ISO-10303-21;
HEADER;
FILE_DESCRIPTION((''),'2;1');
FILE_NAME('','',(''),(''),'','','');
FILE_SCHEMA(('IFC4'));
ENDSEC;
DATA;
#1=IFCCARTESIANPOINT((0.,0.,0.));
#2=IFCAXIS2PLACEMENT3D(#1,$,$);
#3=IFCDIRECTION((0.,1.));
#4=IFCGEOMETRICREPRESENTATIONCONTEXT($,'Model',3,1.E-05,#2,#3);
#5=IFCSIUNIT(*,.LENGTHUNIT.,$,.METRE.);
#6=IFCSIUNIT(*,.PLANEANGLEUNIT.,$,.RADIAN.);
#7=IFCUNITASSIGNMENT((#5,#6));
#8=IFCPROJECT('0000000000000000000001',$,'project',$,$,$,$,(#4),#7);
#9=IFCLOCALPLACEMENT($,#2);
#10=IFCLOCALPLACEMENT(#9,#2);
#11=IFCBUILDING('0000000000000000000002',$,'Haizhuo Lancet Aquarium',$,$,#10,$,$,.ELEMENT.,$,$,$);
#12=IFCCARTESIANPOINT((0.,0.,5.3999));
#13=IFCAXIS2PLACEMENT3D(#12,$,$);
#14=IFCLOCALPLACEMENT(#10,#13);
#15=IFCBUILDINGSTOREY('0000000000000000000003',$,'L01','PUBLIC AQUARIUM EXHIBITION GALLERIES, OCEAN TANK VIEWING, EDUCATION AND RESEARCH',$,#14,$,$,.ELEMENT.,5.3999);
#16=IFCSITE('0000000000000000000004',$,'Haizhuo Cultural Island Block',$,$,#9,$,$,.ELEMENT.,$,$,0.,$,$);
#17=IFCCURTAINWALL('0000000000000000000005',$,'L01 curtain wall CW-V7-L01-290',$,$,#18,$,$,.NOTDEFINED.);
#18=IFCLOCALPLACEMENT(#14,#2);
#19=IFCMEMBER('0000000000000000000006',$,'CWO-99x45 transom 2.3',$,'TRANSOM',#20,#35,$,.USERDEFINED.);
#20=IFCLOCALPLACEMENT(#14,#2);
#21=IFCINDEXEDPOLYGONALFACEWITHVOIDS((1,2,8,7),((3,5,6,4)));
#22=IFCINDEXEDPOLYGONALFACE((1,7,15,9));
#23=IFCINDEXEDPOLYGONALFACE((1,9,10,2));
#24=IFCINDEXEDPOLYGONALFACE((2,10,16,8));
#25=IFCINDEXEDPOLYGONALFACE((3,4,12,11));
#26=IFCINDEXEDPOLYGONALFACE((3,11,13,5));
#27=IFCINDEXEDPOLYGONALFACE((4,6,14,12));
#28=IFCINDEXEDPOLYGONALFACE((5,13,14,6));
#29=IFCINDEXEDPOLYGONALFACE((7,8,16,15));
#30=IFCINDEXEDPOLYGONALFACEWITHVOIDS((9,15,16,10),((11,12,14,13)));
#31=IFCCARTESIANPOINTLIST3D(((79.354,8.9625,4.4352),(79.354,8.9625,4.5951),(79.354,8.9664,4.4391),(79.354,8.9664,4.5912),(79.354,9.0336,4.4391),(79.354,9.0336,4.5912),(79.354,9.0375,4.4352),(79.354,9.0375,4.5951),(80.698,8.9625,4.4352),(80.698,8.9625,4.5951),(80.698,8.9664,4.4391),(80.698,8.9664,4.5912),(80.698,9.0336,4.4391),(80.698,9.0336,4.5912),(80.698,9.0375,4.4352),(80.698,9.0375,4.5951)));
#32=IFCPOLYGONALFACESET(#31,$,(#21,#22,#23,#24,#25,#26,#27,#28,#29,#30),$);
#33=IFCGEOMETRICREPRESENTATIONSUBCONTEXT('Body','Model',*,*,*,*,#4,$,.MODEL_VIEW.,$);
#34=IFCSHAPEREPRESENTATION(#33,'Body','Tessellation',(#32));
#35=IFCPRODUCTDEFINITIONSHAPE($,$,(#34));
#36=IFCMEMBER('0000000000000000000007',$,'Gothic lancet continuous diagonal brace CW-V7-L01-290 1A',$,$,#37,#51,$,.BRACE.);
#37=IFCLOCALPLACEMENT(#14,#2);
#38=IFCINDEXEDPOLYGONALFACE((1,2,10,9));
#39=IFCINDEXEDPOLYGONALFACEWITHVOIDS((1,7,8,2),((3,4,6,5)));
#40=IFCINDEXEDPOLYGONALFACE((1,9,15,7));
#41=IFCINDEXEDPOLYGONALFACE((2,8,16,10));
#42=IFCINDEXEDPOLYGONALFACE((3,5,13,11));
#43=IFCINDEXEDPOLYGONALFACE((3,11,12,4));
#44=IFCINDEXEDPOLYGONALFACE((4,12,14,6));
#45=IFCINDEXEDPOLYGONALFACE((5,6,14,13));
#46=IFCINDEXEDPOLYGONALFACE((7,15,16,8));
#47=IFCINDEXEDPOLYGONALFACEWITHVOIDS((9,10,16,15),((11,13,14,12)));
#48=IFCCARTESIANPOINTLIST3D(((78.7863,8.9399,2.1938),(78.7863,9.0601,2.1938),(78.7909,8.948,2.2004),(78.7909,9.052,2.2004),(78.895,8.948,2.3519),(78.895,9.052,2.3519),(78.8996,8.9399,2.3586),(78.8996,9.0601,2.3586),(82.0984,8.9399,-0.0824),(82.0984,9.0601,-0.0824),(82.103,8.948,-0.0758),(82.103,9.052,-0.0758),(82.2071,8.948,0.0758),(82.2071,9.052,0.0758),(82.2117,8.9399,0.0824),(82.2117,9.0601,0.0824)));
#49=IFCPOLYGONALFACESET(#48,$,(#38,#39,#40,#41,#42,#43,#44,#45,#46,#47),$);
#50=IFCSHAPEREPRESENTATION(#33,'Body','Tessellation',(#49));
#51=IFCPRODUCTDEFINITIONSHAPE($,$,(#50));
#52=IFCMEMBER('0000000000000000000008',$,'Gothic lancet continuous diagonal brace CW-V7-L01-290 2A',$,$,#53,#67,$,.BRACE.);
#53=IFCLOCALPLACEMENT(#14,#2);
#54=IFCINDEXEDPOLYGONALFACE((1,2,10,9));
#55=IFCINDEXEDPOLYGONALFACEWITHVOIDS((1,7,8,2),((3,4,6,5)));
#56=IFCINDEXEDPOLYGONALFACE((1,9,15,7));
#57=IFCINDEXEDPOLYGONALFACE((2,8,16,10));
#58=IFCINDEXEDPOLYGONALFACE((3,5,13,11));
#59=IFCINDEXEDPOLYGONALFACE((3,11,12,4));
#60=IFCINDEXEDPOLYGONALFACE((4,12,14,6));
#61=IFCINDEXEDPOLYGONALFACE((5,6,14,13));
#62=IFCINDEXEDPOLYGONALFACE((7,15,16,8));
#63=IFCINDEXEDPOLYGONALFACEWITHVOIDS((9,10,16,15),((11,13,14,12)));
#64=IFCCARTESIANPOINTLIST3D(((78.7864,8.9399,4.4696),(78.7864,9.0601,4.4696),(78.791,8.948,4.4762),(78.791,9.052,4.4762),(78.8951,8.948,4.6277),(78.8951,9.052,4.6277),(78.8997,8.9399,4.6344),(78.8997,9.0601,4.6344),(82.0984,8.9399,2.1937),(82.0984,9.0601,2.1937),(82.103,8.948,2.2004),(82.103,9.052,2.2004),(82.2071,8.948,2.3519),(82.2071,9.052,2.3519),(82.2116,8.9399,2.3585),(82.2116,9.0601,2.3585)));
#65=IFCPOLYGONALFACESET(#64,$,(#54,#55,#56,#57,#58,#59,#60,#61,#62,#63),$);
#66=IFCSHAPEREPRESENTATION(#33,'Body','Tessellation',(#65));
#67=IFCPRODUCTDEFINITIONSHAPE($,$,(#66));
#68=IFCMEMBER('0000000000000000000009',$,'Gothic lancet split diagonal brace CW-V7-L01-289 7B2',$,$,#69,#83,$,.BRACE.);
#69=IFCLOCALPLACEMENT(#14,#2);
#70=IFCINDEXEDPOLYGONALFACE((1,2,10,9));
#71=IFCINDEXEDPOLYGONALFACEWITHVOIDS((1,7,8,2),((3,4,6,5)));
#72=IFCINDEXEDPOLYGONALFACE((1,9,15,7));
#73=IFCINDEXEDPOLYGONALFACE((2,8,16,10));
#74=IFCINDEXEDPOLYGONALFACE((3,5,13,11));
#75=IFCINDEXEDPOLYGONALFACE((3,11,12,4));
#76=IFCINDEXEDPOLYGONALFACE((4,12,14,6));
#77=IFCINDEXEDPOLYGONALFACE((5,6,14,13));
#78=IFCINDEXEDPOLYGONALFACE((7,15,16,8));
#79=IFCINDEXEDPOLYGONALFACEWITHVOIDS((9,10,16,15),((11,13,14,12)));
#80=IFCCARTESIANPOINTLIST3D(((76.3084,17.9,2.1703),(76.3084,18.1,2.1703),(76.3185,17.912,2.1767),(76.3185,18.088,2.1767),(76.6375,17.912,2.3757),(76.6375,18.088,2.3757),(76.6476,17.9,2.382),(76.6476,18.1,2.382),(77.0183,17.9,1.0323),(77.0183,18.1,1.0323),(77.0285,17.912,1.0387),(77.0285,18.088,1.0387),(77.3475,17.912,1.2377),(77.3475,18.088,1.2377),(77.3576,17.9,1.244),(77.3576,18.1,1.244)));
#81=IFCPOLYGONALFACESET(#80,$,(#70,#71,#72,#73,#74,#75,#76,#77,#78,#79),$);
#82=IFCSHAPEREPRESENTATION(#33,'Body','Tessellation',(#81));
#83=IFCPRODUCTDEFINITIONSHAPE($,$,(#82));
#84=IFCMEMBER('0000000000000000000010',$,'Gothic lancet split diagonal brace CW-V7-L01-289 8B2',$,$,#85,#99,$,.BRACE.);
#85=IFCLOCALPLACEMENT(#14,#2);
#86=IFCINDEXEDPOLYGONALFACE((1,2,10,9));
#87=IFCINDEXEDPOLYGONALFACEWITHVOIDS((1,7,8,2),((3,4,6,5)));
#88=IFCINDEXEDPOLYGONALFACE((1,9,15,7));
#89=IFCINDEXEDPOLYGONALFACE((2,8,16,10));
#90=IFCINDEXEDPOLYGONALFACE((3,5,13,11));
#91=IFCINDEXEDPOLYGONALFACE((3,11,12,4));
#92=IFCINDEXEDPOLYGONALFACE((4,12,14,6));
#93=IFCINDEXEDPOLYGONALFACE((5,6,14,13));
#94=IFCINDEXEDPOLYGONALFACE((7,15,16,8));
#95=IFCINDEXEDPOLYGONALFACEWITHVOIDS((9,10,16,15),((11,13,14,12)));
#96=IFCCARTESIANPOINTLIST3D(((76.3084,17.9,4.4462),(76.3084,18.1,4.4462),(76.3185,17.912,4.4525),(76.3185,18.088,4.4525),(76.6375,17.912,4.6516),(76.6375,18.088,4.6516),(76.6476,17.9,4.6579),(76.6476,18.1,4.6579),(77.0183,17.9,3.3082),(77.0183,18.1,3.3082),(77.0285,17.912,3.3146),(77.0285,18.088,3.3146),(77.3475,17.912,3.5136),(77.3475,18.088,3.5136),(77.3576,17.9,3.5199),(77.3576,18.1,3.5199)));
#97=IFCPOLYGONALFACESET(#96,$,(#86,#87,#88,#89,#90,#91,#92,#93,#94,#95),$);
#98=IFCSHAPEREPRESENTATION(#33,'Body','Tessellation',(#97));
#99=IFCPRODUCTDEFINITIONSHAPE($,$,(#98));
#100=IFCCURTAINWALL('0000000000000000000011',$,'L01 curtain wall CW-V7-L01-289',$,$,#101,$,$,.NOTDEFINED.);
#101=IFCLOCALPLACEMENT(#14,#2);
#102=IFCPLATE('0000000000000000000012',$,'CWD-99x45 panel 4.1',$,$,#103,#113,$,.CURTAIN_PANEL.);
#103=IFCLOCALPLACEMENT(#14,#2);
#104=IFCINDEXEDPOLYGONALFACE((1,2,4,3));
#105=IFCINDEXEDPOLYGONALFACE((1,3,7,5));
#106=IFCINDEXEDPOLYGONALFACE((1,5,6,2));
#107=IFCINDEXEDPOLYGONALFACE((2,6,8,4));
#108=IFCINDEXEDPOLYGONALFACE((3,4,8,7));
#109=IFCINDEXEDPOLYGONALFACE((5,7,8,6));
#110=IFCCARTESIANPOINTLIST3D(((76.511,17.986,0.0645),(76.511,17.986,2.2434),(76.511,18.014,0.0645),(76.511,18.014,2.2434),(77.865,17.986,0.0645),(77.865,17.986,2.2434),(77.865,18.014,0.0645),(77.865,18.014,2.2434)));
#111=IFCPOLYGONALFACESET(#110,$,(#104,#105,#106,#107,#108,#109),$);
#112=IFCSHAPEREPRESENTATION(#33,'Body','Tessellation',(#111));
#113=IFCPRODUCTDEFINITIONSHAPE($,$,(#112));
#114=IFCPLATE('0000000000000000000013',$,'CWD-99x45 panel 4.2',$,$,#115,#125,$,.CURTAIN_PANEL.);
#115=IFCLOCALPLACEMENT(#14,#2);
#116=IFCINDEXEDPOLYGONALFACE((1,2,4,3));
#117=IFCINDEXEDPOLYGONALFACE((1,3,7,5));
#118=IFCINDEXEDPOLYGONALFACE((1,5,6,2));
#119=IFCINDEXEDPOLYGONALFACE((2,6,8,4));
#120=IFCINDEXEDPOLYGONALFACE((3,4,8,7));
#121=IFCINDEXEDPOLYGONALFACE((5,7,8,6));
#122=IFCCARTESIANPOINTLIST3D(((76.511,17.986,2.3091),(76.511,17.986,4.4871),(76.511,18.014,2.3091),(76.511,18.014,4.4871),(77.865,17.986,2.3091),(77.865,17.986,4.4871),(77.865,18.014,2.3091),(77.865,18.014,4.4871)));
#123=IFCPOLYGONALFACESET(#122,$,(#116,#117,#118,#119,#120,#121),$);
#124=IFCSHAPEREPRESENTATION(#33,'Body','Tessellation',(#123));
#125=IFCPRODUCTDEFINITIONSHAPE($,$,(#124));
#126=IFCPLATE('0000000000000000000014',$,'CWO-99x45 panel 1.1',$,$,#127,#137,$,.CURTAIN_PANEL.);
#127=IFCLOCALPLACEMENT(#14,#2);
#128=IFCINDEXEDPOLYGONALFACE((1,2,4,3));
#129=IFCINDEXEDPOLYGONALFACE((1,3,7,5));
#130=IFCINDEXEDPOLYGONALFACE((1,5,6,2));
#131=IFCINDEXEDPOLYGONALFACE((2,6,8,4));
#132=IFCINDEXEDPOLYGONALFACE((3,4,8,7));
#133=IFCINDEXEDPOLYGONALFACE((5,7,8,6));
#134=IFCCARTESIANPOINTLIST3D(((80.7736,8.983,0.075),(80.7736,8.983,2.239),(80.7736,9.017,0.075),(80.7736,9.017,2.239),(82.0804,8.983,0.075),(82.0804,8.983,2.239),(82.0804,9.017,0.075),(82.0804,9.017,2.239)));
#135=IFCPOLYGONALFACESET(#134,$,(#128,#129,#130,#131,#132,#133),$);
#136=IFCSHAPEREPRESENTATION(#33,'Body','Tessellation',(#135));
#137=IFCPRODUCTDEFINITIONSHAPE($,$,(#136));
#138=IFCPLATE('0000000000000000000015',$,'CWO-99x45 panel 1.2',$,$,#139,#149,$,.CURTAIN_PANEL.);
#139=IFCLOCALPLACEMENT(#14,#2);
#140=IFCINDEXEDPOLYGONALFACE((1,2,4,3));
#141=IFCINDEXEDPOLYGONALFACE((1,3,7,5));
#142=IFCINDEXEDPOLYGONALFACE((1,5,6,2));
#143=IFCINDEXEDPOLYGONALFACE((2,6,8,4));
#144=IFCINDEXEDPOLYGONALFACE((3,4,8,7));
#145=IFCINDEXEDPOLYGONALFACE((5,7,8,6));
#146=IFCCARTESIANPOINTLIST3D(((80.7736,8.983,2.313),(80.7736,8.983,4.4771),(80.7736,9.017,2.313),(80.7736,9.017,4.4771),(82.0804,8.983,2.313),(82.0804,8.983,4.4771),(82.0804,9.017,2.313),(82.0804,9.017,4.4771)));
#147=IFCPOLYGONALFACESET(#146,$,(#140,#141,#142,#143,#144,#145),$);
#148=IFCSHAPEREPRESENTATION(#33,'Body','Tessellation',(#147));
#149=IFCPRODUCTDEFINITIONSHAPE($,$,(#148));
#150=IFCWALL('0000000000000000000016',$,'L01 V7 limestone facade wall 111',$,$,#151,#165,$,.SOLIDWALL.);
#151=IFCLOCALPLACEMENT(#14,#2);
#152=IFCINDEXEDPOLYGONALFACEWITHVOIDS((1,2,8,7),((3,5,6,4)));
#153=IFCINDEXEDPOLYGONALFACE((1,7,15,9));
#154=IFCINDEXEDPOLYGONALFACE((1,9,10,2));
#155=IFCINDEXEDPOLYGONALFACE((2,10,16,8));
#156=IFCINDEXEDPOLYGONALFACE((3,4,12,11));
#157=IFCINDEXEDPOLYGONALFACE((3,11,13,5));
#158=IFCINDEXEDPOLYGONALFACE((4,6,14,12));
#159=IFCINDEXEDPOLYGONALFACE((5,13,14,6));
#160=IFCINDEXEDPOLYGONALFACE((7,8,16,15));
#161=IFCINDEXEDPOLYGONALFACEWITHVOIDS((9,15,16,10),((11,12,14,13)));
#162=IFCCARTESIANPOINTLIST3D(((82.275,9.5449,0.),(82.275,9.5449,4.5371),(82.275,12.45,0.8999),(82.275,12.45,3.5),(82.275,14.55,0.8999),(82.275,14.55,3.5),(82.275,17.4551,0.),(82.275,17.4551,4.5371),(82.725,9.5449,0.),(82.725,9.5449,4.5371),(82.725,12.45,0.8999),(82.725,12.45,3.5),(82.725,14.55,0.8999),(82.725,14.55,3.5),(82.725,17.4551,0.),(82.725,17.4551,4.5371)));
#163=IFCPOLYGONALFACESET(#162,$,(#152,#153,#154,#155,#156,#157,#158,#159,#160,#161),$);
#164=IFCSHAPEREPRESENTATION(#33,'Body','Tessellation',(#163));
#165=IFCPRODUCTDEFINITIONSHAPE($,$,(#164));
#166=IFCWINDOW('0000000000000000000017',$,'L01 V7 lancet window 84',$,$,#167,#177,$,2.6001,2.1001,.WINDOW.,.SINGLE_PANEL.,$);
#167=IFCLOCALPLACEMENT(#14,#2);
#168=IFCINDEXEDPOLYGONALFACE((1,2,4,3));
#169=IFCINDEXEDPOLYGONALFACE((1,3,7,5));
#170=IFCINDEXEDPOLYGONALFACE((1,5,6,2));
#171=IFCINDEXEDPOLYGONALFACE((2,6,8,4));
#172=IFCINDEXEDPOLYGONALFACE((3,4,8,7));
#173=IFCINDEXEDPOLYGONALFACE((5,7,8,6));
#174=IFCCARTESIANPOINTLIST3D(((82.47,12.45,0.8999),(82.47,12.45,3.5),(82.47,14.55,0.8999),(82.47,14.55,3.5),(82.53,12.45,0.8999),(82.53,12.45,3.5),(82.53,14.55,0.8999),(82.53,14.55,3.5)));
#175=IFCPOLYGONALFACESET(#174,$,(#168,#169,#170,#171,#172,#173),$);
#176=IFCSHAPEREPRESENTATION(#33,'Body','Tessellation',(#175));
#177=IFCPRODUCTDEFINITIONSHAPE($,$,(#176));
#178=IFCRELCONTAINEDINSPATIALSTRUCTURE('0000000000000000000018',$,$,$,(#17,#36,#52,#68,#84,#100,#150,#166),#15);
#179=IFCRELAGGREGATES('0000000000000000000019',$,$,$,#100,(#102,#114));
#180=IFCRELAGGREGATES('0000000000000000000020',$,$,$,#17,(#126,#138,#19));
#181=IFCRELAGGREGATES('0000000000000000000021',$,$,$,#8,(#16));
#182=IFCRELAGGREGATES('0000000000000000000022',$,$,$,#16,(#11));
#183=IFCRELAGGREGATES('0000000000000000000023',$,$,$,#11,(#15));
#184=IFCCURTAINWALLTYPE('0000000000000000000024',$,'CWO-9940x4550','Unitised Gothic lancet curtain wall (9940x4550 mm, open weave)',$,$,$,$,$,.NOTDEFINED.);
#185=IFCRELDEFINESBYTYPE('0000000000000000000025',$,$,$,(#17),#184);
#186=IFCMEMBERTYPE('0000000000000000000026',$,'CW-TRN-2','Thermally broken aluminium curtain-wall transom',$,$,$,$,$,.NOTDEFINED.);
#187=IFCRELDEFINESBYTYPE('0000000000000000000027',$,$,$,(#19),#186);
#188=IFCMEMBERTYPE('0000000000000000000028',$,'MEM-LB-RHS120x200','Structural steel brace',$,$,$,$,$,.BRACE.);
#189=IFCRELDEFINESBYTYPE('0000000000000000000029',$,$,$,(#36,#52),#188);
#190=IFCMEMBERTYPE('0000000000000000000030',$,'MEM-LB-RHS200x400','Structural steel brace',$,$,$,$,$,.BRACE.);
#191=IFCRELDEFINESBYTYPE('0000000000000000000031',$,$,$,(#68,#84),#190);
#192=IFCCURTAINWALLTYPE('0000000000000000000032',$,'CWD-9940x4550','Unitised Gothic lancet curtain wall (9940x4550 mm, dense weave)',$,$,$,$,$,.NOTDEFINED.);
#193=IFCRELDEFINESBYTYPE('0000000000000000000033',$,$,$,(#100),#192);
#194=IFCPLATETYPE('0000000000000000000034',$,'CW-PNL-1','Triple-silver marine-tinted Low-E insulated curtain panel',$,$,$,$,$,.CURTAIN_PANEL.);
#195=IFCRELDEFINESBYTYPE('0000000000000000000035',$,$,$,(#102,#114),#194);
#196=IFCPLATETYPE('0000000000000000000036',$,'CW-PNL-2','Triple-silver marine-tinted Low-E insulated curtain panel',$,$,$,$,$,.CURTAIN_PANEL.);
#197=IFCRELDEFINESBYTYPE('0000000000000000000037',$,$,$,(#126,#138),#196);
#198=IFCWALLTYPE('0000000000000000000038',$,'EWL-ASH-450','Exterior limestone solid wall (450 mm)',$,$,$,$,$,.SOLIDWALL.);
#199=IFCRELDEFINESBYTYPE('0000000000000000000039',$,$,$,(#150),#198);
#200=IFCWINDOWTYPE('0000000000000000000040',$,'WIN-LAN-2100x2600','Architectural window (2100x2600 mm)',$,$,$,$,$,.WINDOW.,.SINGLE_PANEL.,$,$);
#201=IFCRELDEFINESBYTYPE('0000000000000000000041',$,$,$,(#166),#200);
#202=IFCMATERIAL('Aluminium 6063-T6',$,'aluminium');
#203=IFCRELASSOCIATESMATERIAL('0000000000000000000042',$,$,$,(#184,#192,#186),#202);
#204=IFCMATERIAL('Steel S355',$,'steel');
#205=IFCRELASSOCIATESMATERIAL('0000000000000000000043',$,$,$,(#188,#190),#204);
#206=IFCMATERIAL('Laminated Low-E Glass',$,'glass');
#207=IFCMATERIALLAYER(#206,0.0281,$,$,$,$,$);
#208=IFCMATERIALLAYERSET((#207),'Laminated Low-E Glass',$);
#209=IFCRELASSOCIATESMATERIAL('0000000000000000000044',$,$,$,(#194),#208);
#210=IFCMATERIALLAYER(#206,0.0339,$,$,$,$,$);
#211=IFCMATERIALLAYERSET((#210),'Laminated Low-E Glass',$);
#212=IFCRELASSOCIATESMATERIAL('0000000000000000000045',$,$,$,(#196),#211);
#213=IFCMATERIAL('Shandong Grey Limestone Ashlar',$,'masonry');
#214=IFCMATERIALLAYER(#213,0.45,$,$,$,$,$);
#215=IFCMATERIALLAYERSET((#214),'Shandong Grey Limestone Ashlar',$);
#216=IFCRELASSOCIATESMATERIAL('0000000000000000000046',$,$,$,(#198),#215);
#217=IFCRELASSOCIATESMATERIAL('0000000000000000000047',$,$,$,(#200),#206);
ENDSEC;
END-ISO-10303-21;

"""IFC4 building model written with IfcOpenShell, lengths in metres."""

from ifc_helpers import new_model, si_unit, direction, frame, frame_2d, origin, origin_2d, place, context, subcontext, project, spatial, rectangle, hollow_rectangle, extrude, material, layer, layer_set, material_profile, profile_set, type_object, element, fill, aggregate, save


model = new_model("IFC4")

# Units and contexts
model_context = context("Model", 3, precision=1e-05, world=origin(), true_north=direction((0.0, 1.0)))
body_context = subcontext(model_context, "Body", "Model", "MODEL_VIEW")
ifc_project = project(units=[si_unit("LENGTHUNIT", "METRE"), si_unit("PLANEANGLEUNIT", "RADIAN")], contexts=[model_context])

# Site, building, storey
site_placement = place(None, origin())
site = spatial("IfcSite", under=ifc_project, at=site_placement, Name="Haizhuo Cultural Island Block", CompositionType="ELEMENT", RefElevation=0.0)
building_placement = place(site_placement, origin())
building = spatial("IfcBuilding", under=site, at=building_placement, Name="Haizhuo Lancet Aquarium", CompositionType="ELEMENT")
storey_placement = place(building_placement, frame((0.0, 0.0, 5.3999)))
storey = spatial("IfcBuildingStorey", under=building, at=storey_placement, Name="L01", Description="PUBLIC AQUARIUM EXHIBITION GALLERIES, OCEAN TANK VIEWING, EDUCATION AND RESEARCH", CompositionType="ELEMENT", Elevation=5.3999)

# Shared definitions
ifc_material_1 = material(Name="Steel S355", Category="steel")

# Curtain wall, member
ifc_material_2 = material(Name="Aluminium 6063-T6", Category="aluminium")
curtain_wall_type_1 = type_object("IfcCurtainWallType", Name="CWO-9940x4550", Description="Unitised Gothic lancet curtain wall (9940x4550 mm, open weave)", PredefinedType="NOTDEFINED", material=ifc_material_2)
curtain_wall_1_placement = place(storey_placement, origin())
curtain_wall_1 = element("IfcCurtainWall", 1, at=curtain_wall_1_placement, inside=storey, type_object=curtain_wall_type_1, Name="L01 curtain wall CW-V7-L01-290", PredefinedType="NOTDEFINED")
ifc_material_profile_1 = material_profile(ifc_material_2, hollow_rectangle(XDim=0.075, YDim=0.1599, WallThickness=0.0039, at=origin_2d()), Name="ALU-T 75x160x4")
ifc_profile_set_1 = profile_set([ifc_material_profile_1], Name="Aluminium 6063-T6")
member_type_1 = type_object("IfcMemberType", Name="CW-TRN-2", Description="Thermally broken aluminium curtain-wall transom", PredefinedType="NOTDEFINED", material=ifc_profile_set_1)
member_1_placement = place(storey_placement, frame((80.698, 9.0, 4.5151), z_axis=(-1.0, 0.0, 0.0), x_axis=(0.0, -1.0, 0.0)))
member_1 = element("IfcMember", 2, at=member_1_placement, type_object=member_type_1, Name="CWO-99x45 transom 2.3", ObjectType="TRANSOM", PredefinedType="USERDEFINED", context=body_context, shape_type="SweptSolid", body=[
    extrude(hollow_rectangle(XDim=0.075, YDim=0.1599, WallThickness=0.0039, at=origin_2d()), origin(), (0.0, 0.0, 1.0), 1.344),
])

# Members
ifc_material_profile_2 = material_profile(ifc_material_1, hollow_rectangle(XDim=0.1201, YDim=0.2, WallThickness=0.0081, at=origin_2d()), Name="RHS 120x200x8")
ifc_profile_set_2 = profile_set([ifc_material_profile_2], Name="Steel S355")
member_type_2 = type_object("IfcMemberType", Name="MEM-LB-RHS120x200", Description="Structural steel brace", PredefinedType="BRACE", material=ifc_profile_set_2)
member_2_placement = place(storey_placement, frame((82.155, 9.0, 0.0), z_axis=(-0.824145, 0.0, 0.566379), x_axis=(0.0, -1.0, 0.0)))
element("IfcMember", 3, at=member_2_placement, inside=storey, type_object=member_type_2, Name="Gothic lancet continuous diagonal brace CW-V7-L01-290 1A", PredefinedType="BRACE", context=body_context, shape_type="SweptSolid", body=[
    extrude(hollow_rectangle(XDim=0.1201, YDim=0.2, WallThickness=0.0081, at=origin_2d()), origin(), (0.0, 0.0, 1.0), 4.0188),
])
member_3_placement = place(storey_placement, frame((82.155, 9.0, 2.2761), z_axis=(-0.824173, 0.0, 0.566338), x_axis=(0.0, -1.0, 0.0)))
element("IfcMember", 4, at=member_3_placement, inside=storey, type_object=member_type_2, Name="Gothic lancet continuous diagonal brace CW-V7-L01-290 2A", PredefinedType="BRACE", context=body_context, shape_type="SweptSolid", body=[
    extrude(hollow_rectangle(XDim=0.1201, YDim=0.2, WallThickness=0.0081, at=origin_2d()), origin(), (0.0, 0.0, 1.0), 4.0186),
])
ifc_material_profile_3 = material_profile(ifc_material_1, hollow_rectangle(XDim=0.2, YDim=0.3999, WallThickness=0.012, at=origin_2d()), Name="RHS 200x400x12")
ifc_profile_set_3 = profile_set([ifc_material_profile_3], Name="Steel S355")
member_type_3 = type_object("IfcMemberType", Name="MEM-LB-RHS200x400", Description="Structural steel brace", PredefinedType="BRACE", material=ifc_profile_set_3)
for number, where, z_axis, x_axis, name in (
    (5, (77.188, 18.0, 1.1382), (-0.529328, 0.0, 0.848417), (0.0, -1.0, 0.0), "Gothic lancet split diagonal brace CW-V7-L01-289 7B2"),
    (6, (77.188, 18.0, 3.4141), (-0.529328, 0.0, 0.848417), (0.0, -1.0, 0.0), "Gothic lancet split diagonal brace CW-V7-L01-289 8B2"),
):
    element("IfcMember", number, at=place(storey_placement, frame(where, z_axis=z_axis, x_axis=x_axis)), inside=storey, type_object=member_type_3, Name=name, PredefinedType="BRACE", context=body_context, shape_type="SweptSolid", body=[
        extrude(hollow_rectangle(XDim=0.2, YDim=0.3999, WallThickness=0.012, at=origin_2d()), origin(), (0.0, 0.0, 1.0), 1.3413),
    ])

# Curtain wall, plates
curtain_wall_type_2 = type_object("IfcCurtainWallType", Name="CWD-9940x4550", Description="Unitised Gothic lancet curtain wall (9940x4550 mm, dense weave)", PredefinedType="NOTDEFINED", material=ifc_material_2)
curtain_wall_2_placement = place(storey_placement, origin())
curtain_wall_2 = element("IfcCurtainWall", 7, at=curtain_wall_2_placement, inside=storey, type_object=curtain_wall_type_2, Name="L01 curtain wall CW-V7-L01-289", PredefinedType="NOTDEFINED")
ifc_material_3 = material(Name="Laminated Low-E Glass", Category="glass")
ifc_layer_1 = layer(ifc_material_3, 0.0281)
ifc_layer_set_1 = layer_set([ifc_layer_1], Name="Laminated Low-E Glass")
plate_type_1 = type_object("IfcPlateType", Name="CW-PNL-1", Description="Triple-silver marine-tinted Low-E insulated curtain panel", PredefinedType="CURTAIN_PANEL", material=ifc_layer_set_1)
plate_1_placement = place(storey_placement, frame((77.188, 18.0, 0.0645), z_axis=(0.0, 0.0, 1.0), x_axis=(1.0, 0.0, 0.0)))
plate_1 = element("IfcPlate", 8, at=plate_1_placement, type_object=plate_type_1, Name="CWD-99x45 panel 4.1", PredefinedType="CURTAIN_PANEL", context=body_context, shape_type="SweptSolid", body=[
    extrude(rectangle(XDim=1.354, YDim=0.0281, at=origin_2d()), origin(), (0.0, 0.0, 1.0), 2.179),
])
plate_2_placement = place(storey_placement, frame((77.188, 18.0, 2.3091), z_axis=(0.0, 0.0, 1.0), x_axis=(1.0, 0.0, 0.0)))
plate_2 = element("IfcPlate", 9, at=plate_2_placement, type_object=plate_type_1, Name="CWD-99x45 panel 4.2", PredefinedType="CURTAIN_PANEL", context=body_context, shape_type="SweptSolid", body=[
    extrude(rectangle(XDim=1.354, YDim=0.0281, at=origin_2d()), origin(), (0.0, 0.0, 1.0), 2.178),
])
aggregate(curtain_wall_2, [plate_1, plate_2])

# Plates
ifc_layer_2 = layer(ifc_material_3, 0.0339)
ifc_layer_set_2 = layer_set([ifc_layer_2], Name="Laminated Low-E Glass")
plate_type_2 = type_object("IfcPlateType", Name="CW-PNL-2", Description="Triple-silver marine-tinted Low-E insulated curtain panel", PredefinedType="CURTAIN_PANEL", material=ifc_layer_set_2)
plate_3_placement = place(storey_placement, frame((81.427, 9.0, 0.075), z_axis=(0.0, 0.0, 1.0), x_axis=(-1.0, 0.0, 0.0)))
plate_3 = element("IfcPlate", 10, at=plate_3_placement, type_object=plate_type_2, Name="CWO-99x45 panel 1.1", PredefinedType="CURTAIN_PANEL", context=body_context, shape_type="SweptSolid", body=[
    extrude(rectangle(XDim=1.3069, YDim=0.0339, at=origin_2d()), origin(), (0.0, 0.0, 1.0), 2.1641),
])
plate_4_placement = place(storey_placement, frame((81.427, 9.0, 2.313), z_axis=(0.0, 0.0, 1.0), x_axis=(-1.0, 0.0, 0.0)))
plate_4 = element("IfcPlate", 11, at=plate_4_placement, type_object=plate_type_2, Name="CWO-99x45 panel 1.2", PredefinedType="CURTAIN_PANEL", context=body_context, shape_type="SweptSolid", body=[
    extrude(rectangle(XDim=1.3069, YDim=0.0339, at=origin_2d()), origin(), (0.0, 0.0, 1.0), 2.1641),
])
aggregate(curtain_wall_1, [plate_3, plate_4, member_1])

# Wall, opening, window
ifc_material_4 = material(Name="Shandong Grey Limestone Ashlar", Category="masonry")
ifc_layer_3 = layer(ifc_material_4, 0.45)
ifc_layer_set_3 = layer_set([ifc_layer_3], Name="Shandong Grey Limestone Ashlar")
wall_type_1 = type_object("IfcWallType", Name="EWL-ASH-450", Description="Exterior limestone solid wall (450 mm)", PredefinedType="SOLIDWALL", material=ifc_layer_set_3)
wall_1_placement = place(storey_placement, frame((82.5, 17.4551, 0.0), z_axis=(0.0, 0.0, 1.0), x_axis=(0.0, -1.0, 0.0)))
wall_1 = element("IfcWall", 12, at=wall_1_placement, inside=storey, type_object=wall_type_1, Name="L01 V7 limestone facade wall 111", PredefinedType="SOLIDWALL", context=body_context, shape_type="SweptSolid", body=[
    extrude(rectangle(XDim=7.9102, YDim=0.45, at=frame_2d((3.9551, 0.0))), origin(), (0.0, 0.0, 1.0), 4.5371),
])
opening_placement = place(wall_1_placement, frame((2.905, 0.0, 0.8999)))
opening = element("IfcOpeningElement", 13, at=opening_placement, cuts=wall_1, PredefinedType="OPENING", context=body_context, shape_type="SweptSolid", body=[
    extrude(rectangle(XDim=2.1001, YDim=2.6001, at=frame_2d((1.05, 1.3))), frame((0.0, 0.2349, 0.0), z_axis=(0.0, -1.0, 0.0), x_axis=(1.0, 0.0, 0.0)), (0.0, 0.0, 1.0), 0.47),
])
window_type = type_object("IfcWindowType", Name="WIN-LAN-2100x2600", Description="Architectural window (2100x2600 mm)", PartitioningType="SINGLE_PANEL", PredefinedType="WINDOW", material=ifc_material_3)
window_placement = place(opening_placement, origin())
window = element("IfcWindow", 14, at=window_placement, inside=storey, type_object=window_type, Name="L01 V7 lancet window 84", OverallHeight=2.6001, OverallWidth=2.1001, PartitioningType="SINGLE_PANEL", PredefinedType="WINDOW", context=body_context, shape_type="SweptSolid", body=[
    extrude(rectangle(XDim=2.1001, YDim=2.6001, at=frame_2d((1.05, 1.3))), frame((0.0, 0.03, 0.0), z_axis=(0.0, -1.0, 0.0), x_axis=(1.0, 0.0, 0.0)), (0.0, 0.0, 1.0), 0.0601),
])
fill(opening, window)

save(model, "model.ifc")
